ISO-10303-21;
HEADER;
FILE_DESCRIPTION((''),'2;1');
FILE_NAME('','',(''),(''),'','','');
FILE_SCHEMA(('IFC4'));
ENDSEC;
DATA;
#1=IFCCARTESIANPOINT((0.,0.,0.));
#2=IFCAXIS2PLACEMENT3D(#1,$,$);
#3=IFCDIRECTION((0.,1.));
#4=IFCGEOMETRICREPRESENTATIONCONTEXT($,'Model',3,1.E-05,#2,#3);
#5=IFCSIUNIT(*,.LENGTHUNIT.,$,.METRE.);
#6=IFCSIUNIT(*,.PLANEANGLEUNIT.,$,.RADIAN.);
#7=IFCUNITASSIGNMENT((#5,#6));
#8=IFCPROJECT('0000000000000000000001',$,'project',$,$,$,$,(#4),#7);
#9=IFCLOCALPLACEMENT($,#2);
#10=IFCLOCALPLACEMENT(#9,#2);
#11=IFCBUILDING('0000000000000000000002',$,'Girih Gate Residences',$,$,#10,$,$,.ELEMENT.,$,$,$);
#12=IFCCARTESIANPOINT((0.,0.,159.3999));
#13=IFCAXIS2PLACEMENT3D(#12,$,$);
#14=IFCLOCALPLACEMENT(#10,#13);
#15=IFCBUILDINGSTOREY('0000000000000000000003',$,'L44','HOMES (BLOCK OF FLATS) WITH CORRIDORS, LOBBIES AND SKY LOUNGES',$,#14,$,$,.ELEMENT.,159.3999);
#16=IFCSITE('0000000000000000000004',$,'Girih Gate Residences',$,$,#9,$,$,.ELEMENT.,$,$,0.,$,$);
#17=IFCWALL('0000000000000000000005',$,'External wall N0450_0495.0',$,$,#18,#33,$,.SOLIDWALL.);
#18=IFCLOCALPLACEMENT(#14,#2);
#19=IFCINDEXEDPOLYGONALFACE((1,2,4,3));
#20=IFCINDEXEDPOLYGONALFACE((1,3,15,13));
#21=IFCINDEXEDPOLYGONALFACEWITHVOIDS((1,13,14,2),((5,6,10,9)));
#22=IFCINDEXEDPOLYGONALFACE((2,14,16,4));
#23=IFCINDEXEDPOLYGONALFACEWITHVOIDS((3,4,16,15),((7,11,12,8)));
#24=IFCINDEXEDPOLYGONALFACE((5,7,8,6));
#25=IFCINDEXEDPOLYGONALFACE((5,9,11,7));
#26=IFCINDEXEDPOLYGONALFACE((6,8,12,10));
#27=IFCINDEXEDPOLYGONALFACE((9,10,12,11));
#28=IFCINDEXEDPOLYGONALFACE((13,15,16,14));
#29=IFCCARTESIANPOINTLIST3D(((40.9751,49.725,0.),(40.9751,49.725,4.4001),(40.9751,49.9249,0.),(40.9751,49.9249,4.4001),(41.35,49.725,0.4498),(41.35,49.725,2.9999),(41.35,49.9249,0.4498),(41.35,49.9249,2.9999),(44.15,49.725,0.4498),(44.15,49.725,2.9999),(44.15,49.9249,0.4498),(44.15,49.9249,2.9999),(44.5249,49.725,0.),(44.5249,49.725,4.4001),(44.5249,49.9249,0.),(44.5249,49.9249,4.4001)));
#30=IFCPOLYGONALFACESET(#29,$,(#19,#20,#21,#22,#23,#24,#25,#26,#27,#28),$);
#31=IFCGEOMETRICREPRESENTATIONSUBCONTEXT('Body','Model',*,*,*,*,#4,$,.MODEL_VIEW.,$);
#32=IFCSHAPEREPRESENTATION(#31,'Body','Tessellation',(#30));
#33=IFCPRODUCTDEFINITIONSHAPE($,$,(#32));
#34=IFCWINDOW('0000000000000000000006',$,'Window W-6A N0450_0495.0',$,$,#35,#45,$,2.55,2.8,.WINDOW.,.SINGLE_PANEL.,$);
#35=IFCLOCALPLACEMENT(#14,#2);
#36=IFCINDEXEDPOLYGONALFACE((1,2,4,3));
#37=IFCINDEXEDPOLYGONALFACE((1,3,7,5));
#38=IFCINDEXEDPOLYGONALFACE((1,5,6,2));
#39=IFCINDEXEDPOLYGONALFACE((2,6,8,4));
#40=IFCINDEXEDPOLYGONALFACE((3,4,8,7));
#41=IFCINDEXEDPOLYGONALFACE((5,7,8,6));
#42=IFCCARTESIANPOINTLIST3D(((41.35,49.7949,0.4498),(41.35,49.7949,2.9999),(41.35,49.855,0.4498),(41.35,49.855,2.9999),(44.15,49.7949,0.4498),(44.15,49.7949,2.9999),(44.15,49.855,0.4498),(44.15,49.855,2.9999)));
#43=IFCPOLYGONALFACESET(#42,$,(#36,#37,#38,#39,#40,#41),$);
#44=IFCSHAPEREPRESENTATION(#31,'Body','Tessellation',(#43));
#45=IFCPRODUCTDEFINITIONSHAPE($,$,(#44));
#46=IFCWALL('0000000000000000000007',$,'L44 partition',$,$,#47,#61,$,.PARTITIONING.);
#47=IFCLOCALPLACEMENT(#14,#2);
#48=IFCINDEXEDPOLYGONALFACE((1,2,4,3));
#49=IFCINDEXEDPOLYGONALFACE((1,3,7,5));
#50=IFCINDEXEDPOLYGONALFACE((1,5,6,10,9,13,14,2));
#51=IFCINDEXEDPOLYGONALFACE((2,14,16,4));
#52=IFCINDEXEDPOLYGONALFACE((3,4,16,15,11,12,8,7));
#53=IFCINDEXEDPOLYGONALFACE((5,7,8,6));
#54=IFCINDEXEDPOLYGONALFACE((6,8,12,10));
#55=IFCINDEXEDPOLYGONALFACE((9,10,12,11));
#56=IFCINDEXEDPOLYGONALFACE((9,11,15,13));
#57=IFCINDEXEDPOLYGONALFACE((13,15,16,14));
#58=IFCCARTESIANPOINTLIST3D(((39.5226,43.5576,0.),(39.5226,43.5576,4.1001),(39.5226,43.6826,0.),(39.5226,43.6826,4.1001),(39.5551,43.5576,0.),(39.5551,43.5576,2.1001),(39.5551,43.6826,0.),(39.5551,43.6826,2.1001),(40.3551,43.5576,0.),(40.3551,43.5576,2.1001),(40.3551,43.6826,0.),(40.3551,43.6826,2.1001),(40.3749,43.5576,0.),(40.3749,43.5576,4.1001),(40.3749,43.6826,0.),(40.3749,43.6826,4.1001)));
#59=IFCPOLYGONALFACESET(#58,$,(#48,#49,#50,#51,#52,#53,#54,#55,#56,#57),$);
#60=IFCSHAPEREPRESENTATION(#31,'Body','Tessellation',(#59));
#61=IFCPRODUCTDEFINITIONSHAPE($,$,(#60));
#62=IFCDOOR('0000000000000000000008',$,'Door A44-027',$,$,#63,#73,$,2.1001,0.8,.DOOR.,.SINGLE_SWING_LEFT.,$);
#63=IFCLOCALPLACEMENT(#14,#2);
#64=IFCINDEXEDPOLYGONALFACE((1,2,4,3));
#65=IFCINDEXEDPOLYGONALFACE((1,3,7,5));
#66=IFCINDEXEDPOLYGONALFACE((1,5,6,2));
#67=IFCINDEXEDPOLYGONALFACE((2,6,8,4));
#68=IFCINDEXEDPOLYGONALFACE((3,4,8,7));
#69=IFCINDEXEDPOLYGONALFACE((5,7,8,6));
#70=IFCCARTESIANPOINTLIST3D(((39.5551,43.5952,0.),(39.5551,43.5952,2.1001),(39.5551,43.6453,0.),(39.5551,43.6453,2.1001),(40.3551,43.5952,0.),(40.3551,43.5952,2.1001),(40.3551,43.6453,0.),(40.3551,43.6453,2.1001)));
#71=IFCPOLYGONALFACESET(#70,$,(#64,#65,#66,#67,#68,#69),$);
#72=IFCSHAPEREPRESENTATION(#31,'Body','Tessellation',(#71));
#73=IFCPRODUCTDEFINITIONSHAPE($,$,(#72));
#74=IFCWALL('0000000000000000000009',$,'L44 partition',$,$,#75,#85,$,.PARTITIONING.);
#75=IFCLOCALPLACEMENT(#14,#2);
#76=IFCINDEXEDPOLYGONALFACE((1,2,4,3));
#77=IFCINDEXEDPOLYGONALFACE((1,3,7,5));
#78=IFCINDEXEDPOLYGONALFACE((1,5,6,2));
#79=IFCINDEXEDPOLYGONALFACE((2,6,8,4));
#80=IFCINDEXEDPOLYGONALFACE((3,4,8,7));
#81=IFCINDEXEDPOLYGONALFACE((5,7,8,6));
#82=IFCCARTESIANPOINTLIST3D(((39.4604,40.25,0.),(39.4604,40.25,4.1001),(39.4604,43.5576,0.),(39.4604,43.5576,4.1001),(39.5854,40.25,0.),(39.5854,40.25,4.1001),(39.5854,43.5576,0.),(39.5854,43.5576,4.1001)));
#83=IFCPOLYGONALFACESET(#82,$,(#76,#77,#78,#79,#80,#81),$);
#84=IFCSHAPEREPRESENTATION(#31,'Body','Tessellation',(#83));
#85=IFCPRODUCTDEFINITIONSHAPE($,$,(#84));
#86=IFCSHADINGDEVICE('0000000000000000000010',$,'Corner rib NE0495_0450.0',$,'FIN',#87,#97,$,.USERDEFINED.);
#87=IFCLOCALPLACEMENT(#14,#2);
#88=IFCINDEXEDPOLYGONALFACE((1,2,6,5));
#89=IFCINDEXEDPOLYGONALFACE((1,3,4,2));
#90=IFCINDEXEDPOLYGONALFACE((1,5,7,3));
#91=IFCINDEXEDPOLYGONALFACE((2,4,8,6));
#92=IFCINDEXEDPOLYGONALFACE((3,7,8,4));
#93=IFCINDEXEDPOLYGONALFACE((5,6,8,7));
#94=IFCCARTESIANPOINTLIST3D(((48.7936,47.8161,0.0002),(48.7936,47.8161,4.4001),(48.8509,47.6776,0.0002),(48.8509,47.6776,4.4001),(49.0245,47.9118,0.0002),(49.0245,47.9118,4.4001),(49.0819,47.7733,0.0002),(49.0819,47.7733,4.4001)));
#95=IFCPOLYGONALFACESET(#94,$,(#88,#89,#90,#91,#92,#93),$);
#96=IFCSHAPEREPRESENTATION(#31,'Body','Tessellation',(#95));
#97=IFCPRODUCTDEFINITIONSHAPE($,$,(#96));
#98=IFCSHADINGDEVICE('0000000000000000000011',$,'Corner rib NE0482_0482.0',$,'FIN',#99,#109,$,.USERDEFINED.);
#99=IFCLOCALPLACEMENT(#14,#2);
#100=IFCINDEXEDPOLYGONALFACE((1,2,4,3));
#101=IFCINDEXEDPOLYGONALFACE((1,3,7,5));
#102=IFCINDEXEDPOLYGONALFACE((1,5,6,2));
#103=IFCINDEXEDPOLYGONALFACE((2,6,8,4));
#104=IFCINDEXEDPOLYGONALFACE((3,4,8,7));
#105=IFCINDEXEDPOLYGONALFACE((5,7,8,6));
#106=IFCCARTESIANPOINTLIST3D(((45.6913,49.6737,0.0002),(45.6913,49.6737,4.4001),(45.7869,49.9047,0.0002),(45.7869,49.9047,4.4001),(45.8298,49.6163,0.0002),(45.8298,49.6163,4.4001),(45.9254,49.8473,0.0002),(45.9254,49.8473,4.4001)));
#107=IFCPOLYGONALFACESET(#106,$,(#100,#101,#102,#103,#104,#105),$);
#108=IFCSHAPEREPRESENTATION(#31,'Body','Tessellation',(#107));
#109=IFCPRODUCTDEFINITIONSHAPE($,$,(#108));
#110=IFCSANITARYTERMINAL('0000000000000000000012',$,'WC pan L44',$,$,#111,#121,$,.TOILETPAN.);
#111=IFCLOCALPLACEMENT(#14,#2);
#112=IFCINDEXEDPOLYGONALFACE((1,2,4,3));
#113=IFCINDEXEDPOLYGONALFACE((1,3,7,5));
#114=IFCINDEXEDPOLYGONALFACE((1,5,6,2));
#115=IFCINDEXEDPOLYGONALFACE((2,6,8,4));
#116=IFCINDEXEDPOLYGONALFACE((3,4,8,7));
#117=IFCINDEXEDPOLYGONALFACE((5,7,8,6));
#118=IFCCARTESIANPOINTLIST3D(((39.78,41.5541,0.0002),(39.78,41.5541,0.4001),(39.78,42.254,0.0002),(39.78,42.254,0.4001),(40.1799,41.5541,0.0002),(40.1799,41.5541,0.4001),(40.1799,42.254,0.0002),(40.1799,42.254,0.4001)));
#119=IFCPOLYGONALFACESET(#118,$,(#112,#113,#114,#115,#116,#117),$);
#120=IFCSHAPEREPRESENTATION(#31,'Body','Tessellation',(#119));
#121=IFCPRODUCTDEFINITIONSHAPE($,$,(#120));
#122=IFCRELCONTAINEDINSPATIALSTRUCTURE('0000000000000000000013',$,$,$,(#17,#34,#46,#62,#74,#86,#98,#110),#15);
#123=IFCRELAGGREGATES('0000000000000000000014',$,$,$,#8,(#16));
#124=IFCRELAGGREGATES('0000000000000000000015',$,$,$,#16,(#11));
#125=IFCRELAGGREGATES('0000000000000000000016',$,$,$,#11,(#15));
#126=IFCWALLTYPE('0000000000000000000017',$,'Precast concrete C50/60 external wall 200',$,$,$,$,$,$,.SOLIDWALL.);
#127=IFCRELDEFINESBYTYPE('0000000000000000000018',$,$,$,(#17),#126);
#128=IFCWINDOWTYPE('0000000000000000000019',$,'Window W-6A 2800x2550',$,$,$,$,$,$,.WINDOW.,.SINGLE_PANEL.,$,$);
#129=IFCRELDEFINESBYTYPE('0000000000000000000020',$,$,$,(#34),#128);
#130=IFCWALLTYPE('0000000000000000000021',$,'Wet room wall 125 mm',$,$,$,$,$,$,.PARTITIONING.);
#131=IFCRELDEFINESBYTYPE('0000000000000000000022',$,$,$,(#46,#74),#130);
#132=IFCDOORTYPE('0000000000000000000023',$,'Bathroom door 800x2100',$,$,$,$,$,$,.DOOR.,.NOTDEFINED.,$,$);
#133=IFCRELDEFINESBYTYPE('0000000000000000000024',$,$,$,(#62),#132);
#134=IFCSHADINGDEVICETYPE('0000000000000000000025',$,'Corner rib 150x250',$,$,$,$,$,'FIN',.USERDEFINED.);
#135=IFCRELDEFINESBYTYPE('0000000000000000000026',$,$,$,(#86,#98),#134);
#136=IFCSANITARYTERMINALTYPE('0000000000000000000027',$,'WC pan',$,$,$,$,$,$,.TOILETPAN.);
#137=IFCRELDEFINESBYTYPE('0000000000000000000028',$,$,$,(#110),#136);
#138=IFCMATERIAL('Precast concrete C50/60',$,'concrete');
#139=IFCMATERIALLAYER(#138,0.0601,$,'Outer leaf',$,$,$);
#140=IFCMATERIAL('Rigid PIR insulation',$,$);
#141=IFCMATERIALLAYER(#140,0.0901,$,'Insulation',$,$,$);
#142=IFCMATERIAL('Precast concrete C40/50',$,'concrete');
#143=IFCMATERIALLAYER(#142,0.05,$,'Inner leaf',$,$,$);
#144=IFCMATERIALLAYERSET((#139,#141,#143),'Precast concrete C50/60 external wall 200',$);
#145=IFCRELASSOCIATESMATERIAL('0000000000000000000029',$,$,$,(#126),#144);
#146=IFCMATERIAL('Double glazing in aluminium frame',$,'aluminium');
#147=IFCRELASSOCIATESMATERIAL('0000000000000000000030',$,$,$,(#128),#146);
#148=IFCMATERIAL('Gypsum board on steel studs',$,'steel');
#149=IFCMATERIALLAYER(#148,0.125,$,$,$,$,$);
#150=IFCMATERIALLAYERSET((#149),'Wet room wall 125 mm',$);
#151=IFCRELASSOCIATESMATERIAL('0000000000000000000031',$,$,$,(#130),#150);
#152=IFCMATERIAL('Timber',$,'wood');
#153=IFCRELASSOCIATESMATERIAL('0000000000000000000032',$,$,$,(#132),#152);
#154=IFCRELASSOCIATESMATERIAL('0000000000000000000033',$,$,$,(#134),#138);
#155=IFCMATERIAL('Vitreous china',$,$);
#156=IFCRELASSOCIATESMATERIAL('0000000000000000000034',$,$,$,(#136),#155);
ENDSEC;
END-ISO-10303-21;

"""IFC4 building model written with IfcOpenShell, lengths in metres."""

from ifc_helpers import new_model, si_unit, direction, frame, frame_2d, origin, origin_2d, place, context, subcontext, project, spatial, rectangle, extrude, material, layer, layer_set, type_object, element, fill, save


model = new_model("IFC4")

# Units and contexts
model_context = context("Model", 3, precision=1e-05, world=origin(), true_north=direction((0.0, 1.0)))
body_context = subcontext(model_context, "Body", "Model", "MODEL_VIEW")
ifc_project = project(units=[si_unit("LENGTHUNIT", "METRE"), si_unit("PLANEANGLEUNIT", "RADIAN")], contexts=[model_context])

# Site, building, storey
site_placement = place(None, origin())
site = spatial("IfcSite", under=ifc_project, at=site_placement, Name="Girih Gate Residences", CompositionType="ELEMENT", RefElevation=0.0)
building_placement = place(site_placement, origin())
building = spatial("IfcBuilding", under=site, at=building_placement, Name="Girih Gate Residences", CompositionType="ELEMENT")
storey_placement = place(building_placement, frame((0.0, 0.0, 159.3999)))
storey = spatial("IfcBuildingStorey", under=building, at=storey_placement, Name="L44", Description="HOMES (BLOCK OF FLATS) WITH CORRIDORS, LOBBIES AND SKY LOUNGES", CompositionType="ELEMENT", Elevation=159.3999)

# Shared definitions
ifc_material_1 = material(Name="Gypsum board on steel studs", Category="steel")

# Shared definitions
ifc_material_2 = material(Name="Timber", Category="wood")

# Wall, opening, window
ifc_material_3 = material(Name="Precast concrete C50/60", Category="concrete")
ifc_layer_1 = layer(ifc_material_3, 0.0601, Name="Outer leaf")
ifc_material_4 = material(Name="Rigid PIR insulation")
ifc_layer_2 = layer(ifc_material_4, 0.0901, Name="Insulation")
ifc_material_5 = material(Name="Precast concrete C40/50", Category="concrete")
ifc_layer_3 = layer(ifc_material_5, 0.05, Name="Inner leaf")
ifc_layer_set_1 = layer_set([ifc_layer_1, ifc_layer_2, ifc_layer_3], Name="Precast concrete C50/60 external wall 200")
wall_type_1 = type_object("IfcWallType", Name="Precast concrete C50/60 external wall 200", PredefinedType="SOLIDWALL", material=ifc_layer_set_1)
ifc_material_6 = material(Name="Double glazing in aluminium frame", Category="aluminium")
window_type_1 = type_object("IfcWindowType", Name="Window W-6A 2800x2550", PartitioningType="SINGLE_PANEL", PredefinedType="WINDOW", material=ifc_material_6)
wall_1_placement = place(storey_placement, frame((40.9751, 49.825, 0.0), z_axis=(0.0, 0.0, 1.0), x_axis=(1.0, 0.0, 0.0)))
wall_1 = element("IfcWall", 1, at=wall_1_placement, inside=storey, type_object=wall_type_1, Name="External wall N0450_0495.0", PredefinedType="SOLIDWALL", context=body_context, shape_type="SweptSolid", body=[
    extrude(rectangle(XDim=3.5498, YDim=0.2, at=frame_2d((1.7749, 0.0))), origin(), (0.0, 0.0, 1.0), 4.4001),
])
opening_1_placement = place(wall_1_placement, frame((0.375, 0.0, 0.45)))
opening_1 = element("IfcOpeningElement", 2, at=opening_1_placement, cuts=wall_1, PredefinedType="OPENING", context=body_context, shape_type="SweptSolid", body=[
    extrude(rectangle(XDim=2.8, YDim=2.55, at=frame_2d((1.3999, 1.2749))), frame((0.0, 0.1099, 0.0), z_axis=(0.0, -1.0, 0.0), x_axis=(1.0, 0.0, 0.0)), (0.0, 0.0, 1.0), 0.22),
])
window_1_placement = place(opening_1_placement, origin())
window_1 = element("IfcWindow", 3, at=window_1_placement, inside=storey, type_object=window_type_1, Name="Window W-6A N0450_0495.0", OverallHeight=2.55, OverallWidth=2.8, PartitioningType="SINGLE_PANEL", PredefinedType="WINDOW", context=body_context, shape_type="SweptSolid", body=[
    extrude(rectangle(XDim=2.8, YDim=2.55, at=frame_2d((1.3999, 1.2749))), frame((0.0, 0.03, 0.0), z_axis=(0.0, -1.0, 0.0), x_axis=(1.0, 0.0, 0.0)), (0.0, 0.0, 1.0), 0.0601),
])
fill(opening_1, window_1)

# Wall, opening, door
ifc_layer_4 = layer(ifc_material_1, 0.125)
ifc_layer_set_2 = layer_set([ifc_layer_4], Name="Wet room wall 125 mm")
wall_type_2 = type_object("IfcWallType", Name="Wet room wall 125 mm", PredefinedType="PARTITIONING", material=ifc_layer_set_2)
wall_2_placement = place(storey_placement, frame((40.375, 43.6201, 0.0), z_axis=(0.0, 0.0, 1.0), x_axis=(-1.0, 0.0, 0.0)))
wall_2 = element("IfcWall", 4, at=wall_2_placement, inside=storey, type_object=wall_type_2, Name="L44 partition", PredefinedType="PARTITIONING", context=body_context, shape_type="SweptSolid", body=[
    extrude(rectangle(XDim=0.8523, YDim=0.125, at=frame_2d((0.4263, 0.0))), origin(), (0.0, 0.0, 1.0), 4.1001),
])
opening_2_placement = place(wall_2_placement, frame((0.02, 0.0, 0.0)))
opening_2 = element("IfcOpeningElement", 5, at=opening_2_placement, cuts=wall_2, PredefinedType="OPENING", context=body_context, shape_type="SweptSolid", body=[
    extrude(rectangle(XDim=0.8, YDim=2.1001, at=frame_2d((0.3999, 1.05))), frame((0.0, 0.0725, 0.0), z_axis=(0.0, -1.0, 0.0), x_axis=(1.0, 0.0, 0.0)), (0.0, 0.0, 1.0), 0.145),
])
door_type_1 = type_object("IfcDoorType", Name="Bathroom door 800x2100", OperationType="NOTDEFINED", PredefinedType="DOOR", material=ifc_material_2)
door_1_placement = place(opening_2_placement, origin())
door_1 = element("IfcDoor", 6, at=door_1_placement, inside=storey, type_object=door_type_1, Name="Door A44-027", OperationType="SINGLE_SWING_LEFT", OverallHeight=2.1001, OverallWidth=0.8, PredefinedType="DOOR", context=body_context, shape_type="SweptSolid", body=[
    extrude(rectangle(XDim=0.8, YDim=2.1001, at=frame_2d((0.3999, 1.05))), frame((0.0, 0.0249, 0.0), z_axis=(0.0, -1.0, 0.0), x_axis=(1.0, 0.0, 0.0)), (0.0, 0.0, 1.0), 0.05),
])
fill(opening_2, door_1)

# Wall
wall_3_placement = place(storey_placement, frame((39.5229, 40.25, 0.0), z_axis=(0.0, 0.0, 1.0), x_axis=(0.0, 1.0, 0.0)))
element("IfcWall", 7, at=wall_3_placement, inside=storey, type_object=wall_type_2, Name="L44 partition", PredefinedType="PARTITIONING", context=body_context, shape_type="SweptSolid", body=[
    extrude(rectangle(XDim=3.3076, YDim=0.125, at=frame_2d((1.6538, 0.0))), origin(), (0.0, 0.0, 1.0), 4.1001),
])

# Shading devices
shading_device_type = type_object("IfcShadingDeviceType", Name="Corner rib 150x250", ElementType="FIN", PredefinedType="USERDEFINED", material=ifc_material_3)
for number, where, z_axis, x_axis, name in (
    (8, (48.9377, 47.7947, 0.0002), (0.0, 0.0, 1.0), (-0.382683, 0.92388, 0.0), "Corner rib NE0495_0450.0"),
    (9, (45.8083, 49.7605, 0.0002), (0.0, 0.0, 1.0), (-0.92388, 0.382683, 0.0), "Corner rib NE0482_0482.0"),
):
    element("IfcShadingDevice", number, at=place(storey_placement, frame(where, z_axis=z_axis, x_axis=x_axis)), inside=storey, type_object=shading_device_type, Name=name, ObjectType="FIN", PredefinedType="USERDEFINED", context=body_context, shape_type="SweptSolid", body=[
        extrude(rectangle(XDim=0.1499, YDim=0.25, at=origin_2d()), origin(), (0.0, 0.0, 1.0), 4.3999),
    ])

# Sanitary terminal
ifc_material_7 = material(Name="Vitreous china")
sanitary_terminal_type = type_object("IfcSanitaryTerminalType", Name="WC pan", PredefinedType="TOILETPAN", material=ifc_material_7)
sanitary_terminal_placement = place(storey_placement, frame((39.98, 41.9041, 0.0002), z_axis=(0.0, 0.0, 1.0), x_axis=(1.0, 0.0, 0.0)))
element("IfcSanitaryTerminal", 10, at=sanitary_terminal_placement, inside=storey, type_object=sanitary_terminal_type, Name="WC pan L44", PredefinedType="TOILETPAN", context=body_context, shape_type="SweptSolid", body=[
    extrude(rectangle(XDim=0.3999, YDim=0.7, at=origin_2d()), origin(), (0.0, 0.0, 1.0), 0.3999),
])

save(model, "model.ifc")
